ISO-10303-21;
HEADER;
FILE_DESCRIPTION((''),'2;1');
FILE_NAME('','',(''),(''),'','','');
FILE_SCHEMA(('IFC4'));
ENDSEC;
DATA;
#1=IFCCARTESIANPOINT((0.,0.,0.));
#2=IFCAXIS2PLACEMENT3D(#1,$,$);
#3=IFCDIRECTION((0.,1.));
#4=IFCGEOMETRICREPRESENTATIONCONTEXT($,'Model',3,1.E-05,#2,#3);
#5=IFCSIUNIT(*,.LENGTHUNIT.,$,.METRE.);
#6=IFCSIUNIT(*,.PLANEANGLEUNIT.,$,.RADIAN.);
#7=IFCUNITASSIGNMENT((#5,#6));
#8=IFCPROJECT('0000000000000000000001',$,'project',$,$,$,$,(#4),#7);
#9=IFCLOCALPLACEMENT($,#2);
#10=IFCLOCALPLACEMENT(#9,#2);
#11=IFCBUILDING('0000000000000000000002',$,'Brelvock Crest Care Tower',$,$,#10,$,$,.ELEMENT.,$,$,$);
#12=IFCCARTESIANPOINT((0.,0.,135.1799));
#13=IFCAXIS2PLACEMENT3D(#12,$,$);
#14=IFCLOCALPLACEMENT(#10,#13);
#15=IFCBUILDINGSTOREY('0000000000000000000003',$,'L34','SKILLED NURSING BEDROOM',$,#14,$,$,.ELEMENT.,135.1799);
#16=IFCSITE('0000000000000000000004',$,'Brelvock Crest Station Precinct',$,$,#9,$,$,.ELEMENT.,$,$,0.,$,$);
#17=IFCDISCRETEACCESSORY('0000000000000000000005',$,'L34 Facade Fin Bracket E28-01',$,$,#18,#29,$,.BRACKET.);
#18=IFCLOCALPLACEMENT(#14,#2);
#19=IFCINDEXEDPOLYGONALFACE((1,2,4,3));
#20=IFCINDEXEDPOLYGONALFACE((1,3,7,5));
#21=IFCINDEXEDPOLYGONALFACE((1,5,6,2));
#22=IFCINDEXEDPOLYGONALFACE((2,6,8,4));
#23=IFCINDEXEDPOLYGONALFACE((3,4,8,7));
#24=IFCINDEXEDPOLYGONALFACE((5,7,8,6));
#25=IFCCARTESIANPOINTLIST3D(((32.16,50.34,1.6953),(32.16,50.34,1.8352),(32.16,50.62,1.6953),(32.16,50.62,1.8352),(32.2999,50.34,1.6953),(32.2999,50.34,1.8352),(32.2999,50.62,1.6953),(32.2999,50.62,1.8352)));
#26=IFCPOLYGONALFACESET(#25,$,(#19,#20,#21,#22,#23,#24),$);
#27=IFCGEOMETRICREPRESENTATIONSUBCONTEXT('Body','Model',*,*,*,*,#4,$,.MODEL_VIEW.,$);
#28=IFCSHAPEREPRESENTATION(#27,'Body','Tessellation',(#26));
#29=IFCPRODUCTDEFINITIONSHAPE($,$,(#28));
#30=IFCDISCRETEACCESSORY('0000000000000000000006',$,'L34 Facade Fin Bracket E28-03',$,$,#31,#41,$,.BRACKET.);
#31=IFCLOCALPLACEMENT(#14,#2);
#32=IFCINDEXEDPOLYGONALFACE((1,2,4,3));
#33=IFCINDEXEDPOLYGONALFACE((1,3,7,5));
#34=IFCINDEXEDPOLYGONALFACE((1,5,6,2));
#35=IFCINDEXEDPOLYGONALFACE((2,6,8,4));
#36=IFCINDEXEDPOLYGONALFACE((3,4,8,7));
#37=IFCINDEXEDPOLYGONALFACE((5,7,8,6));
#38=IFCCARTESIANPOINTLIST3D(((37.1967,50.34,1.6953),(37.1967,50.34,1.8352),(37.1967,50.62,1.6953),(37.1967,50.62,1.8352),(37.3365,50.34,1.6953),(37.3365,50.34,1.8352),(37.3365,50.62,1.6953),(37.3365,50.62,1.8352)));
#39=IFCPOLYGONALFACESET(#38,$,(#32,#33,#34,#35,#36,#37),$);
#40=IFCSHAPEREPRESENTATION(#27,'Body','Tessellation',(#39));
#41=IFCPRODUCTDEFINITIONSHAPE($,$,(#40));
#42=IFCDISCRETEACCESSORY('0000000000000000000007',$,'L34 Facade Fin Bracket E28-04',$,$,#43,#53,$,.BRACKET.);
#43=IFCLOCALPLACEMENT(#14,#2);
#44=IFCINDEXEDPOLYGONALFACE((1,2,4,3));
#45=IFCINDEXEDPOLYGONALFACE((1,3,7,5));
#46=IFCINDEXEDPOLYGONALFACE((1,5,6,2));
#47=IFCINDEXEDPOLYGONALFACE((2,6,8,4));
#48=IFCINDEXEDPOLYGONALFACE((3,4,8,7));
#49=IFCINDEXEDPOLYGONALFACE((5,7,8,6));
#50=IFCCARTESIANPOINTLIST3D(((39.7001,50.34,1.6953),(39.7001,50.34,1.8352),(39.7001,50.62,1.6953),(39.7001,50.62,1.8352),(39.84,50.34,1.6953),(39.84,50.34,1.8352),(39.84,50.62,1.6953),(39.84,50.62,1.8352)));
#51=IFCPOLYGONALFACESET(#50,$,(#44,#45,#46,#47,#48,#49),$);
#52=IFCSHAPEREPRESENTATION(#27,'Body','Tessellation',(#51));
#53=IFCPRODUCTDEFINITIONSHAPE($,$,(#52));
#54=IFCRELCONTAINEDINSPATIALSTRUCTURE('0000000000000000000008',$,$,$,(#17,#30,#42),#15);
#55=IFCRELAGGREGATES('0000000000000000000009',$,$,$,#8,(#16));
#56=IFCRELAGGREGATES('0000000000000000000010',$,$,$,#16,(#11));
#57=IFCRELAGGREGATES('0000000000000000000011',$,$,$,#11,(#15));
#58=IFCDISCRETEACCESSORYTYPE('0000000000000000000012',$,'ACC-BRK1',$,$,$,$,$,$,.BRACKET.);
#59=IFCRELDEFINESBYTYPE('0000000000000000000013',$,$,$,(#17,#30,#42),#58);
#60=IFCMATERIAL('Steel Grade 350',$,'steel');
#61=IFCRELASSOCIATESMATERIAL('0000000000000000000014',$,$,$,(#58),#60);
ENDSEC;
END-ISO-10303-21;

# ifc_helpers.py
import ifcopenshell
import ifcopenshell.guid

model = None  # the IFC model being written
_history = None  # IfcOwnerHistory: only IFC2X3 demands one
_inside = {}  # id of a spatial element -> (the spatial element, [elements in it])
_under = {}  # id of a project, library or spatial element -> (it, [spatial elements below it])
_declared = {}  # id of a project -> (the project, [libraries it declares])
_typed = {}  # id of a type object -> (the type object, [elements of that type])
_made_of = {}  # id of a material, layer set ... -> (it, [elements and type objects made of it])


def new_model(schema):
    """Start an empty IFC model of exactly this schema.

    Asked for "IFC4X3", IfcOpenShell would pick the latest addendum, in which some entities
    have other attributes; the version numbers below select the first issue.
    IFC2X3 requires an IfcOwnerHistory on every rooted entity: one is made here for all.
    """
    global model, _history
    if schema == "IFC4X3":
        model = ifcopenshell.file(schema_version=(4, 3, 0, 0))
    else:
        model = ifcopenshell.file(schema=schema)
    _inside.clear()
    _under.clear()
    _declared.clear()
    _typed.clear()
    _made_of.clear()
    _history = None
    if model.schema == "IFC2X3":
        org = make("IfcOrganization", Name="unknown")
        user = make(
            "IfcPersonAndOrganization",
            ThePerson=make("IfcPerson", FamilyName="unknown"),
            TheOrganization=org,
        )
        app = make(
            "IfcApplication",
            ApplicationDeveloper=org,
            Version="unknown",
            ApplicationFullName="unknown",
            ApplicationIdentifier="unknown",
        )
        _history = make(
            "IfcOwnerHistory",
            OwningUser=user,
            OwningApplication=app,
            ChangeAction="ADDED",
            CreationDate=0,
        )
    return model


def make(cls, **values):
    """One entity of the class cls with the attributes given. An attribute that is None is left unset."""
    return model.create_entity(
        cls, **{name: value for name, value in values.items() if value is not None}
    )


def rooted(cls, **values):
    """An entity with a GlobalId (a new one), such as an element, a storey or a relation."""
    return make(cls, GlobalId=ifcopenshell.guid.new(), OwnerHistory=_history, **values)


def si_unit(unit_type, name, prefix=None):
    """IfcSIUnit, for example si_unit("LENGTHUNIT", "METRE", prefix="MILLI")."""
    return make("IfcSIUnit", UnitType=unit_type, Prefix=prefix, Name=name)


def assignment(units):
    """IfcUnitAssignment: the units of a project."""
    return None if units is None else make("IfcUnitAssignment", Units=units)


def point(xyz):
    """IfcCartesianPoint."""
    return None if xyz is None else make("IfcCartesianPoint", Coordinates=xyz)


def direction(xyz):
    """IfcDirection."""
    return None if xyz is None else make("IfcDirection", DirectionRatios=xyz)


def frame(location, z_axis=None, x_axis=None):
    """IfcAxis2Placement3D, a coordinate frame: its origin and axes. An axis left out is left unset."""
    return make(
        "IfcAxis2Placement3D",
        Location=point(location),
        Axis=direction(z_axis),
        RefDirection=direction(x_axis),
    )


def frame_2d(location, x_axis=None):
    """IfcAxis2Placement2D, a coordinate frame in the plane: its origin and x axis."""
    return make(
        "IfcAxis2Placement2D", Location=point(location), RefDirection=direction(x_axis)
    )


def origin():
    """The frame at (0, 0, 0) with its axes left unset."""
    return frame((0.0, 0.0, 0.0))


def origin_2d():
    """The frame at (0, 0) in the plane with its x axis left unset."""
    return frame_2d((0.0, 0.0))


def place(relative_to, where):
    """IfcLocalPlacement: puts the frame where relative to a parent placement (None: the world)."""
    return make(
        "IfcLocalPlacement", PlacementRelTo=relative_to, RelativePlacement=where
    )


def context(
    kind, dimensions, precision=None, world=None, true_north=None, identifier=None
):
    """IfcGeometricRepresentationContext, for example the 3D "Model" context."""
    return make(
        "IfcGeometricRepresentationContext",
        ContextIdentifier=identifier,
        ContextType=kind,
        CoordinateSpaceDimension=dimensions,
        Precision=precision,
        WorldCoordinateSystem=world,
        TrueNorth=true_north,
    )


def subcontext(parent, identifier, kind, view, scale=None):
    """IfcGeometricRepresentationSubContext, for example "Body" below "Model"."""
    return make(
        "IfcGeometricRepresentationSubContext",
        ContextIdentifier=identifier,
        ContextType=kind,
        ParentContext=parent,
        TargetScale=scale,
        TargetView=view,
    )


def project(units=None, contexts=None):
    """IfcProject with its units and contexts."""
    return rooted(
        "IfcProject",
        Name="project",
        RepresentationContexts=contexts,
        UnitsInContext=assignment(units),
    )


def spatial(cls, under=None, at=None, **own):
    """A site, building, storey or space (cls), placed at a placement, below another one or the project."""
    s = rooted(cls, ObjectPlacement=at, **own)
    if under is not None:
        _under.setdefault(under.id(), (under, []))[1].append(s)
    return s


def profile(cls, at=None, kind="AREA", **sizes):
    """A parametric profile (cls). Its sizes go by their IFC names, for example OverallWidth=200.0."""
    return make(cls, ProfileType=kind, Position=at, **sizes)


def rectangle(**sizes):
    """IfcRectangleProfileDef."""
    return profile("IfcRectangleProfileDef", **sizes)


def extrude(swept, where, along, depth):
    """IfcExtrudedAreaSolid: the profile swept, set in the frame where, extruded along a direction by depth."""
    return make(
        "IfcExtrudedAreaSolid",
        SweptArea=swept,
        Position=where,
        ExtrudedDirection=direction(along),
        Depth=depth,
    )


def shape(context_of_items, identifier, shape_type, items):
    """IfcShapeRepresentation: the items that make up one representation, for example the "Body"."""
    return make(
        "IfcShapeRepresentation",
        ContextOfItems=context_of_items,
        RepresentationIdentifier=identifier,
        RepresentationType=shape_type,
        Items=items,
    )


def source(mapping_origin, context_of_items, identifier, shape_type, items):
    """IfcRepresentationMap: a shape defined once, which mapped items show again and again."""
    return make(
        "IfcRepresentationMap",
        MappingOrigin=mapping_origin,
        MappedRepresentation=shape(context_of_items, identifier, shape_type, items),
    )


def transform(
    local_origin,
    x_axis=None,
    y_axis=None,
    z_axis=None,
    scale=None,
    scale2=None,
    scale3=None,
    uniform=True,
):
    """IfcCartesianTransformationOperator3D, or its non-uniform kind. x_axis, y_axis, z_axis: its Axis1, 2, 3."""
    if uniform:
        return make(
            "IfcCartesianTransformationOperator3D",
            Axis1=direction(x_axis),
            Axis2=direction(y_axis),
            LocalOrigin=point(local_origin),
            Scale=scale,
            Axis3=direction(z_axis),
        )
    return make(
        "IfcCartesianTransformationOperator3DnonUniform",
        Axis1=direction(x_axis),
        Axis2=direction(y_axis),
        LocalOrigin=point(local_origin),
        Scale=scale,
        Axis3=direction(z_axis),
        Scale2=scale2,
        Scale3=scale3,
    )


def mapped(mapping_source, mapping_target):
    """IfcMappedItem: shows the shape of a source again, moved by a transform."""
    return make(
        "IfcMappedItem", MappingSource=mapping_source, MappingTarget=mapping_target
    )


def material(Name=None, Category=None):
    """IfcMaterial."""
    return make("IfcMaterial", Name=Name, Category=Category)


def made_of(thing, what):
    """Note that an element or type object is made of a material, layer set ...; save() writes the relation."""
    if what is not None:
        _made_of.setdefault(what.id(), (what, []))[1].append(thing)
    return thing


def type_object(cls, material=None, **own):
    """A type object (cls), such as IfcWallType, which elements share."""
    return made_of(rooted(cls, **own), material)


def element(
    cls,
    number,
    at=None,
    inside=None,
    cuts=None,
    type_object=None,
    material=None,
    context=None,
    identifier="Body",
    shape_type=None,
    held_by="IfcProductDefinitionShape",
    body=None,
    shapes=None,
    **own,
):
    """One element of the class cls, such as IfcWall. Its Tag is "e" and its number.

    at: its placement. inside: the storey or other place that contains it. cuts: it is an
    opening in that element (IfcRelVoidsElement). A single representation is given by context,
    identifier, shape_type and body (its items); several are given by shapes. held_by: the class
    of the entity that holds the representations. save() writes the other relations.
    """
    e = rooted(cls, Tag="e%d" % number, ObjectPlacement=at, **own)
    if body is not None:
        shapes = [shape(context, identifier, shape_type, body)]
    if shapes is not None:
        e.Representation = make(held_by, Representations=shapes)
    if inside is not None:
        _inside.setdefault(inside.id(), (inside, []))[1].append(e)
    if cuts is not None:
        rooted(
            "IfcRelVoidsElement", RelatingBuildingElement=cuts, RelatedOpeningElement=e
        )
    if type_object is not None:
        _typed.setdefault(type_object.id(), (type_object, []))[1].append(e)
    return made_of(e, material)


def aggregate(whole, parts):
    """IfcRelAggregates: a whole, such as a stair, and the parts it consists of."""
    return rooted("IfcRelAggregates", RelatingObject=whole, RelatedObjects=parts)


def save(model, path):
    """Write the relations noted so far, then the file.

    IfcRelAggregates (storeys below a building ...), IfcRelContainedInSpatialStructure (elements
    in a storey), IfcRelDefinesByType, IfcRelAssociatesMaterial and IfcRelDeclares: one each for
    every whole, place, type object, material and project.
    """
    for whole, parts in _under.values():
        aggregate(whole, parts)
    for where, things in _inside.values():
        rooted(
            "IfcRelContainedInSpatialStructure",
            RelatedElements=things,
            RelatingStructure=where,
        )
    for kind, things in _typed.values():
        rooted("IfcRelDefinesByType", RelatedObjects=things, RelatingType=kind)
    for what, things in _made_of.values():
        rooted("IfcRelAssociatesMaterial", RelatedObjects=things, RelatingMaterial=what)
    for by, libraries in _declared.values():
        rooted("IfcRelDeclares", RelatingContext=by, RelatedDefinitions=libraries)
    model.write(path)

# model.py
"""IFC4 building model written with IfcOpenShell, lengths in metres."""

from ifc_helpers import new_model, si_unit, direction, frame, origin, origin_2d, place, context, subcontext, project, spatial, rectangle, extrude, source, transform, mapped, material, type_object, element, save


model = new_model("IFC4")

# Units and contexts
model_context = context("Model", 3, precision=1e-05, world=origin(), true_north=direction((0.0, 1.0)))
body_context = subcontext(model_context, "Body", "Model", "MODEL_VIEW")
ifc_project = project(units=[si_unit("LENGTHUNIT", "METRE"), si_unit("PLANEANGLEUNIT", "RADIAN")], contexts=[model_context])

# Site, building, storey
site_placement = place(None, origin())
site = spatial("IfcSite", under=ifc_project, at=site_placement, Name="Brelvock Crest Station Precinct", CompositionType="ELEMENT", RefElevation=0.0)
building_placement = place(site_placement, origin())
building = spatial("IfcBuilding", under=site, at=building_placement, Name="Brelvock Crest Care Tower", CompositionType="ELEMENT")
storey_placement = place(building_placement, frame((0.0, 0.0, 135.1799)))
storey = spatial("IfcBuildingStorey", under=building, at=storey_placement, Name="L34", Description="SKILLED NURSING BEDROOM", CompositionType="ELEMENT", Elevation=135.1799)

# Shared definitions
ifc_material_1 = material(Name="Steel Grade 350", Category="steel")

# Discrete accessories
discrete_accessory_type = type_object("IfcDiscreteAccessoryType", Name="ACC-BRK1", PredefinedType="BRACKET", material=ifc_material_1)
shared_shape_1 = source(origin(), body_context, "Body", "SweptSolid", [
    extrude(rectangle(XDim=0.28, YDim=0.1399, at=origin_2d()), origin(), (0.0, 0.0, 1.0), 0.1399),
])
for number, where, z_axis, x_axis, name in (
    (1, (32.23, 50.48, 1.6953), (0.0, 0.0, 1.0), (0.0, 1.0, 0.0), "L34 Facade Fin Bracket E28-01"),
    (2, (37.2666, 50.48, 1.6953), (0.0, 0.0, 1.0), (0.0, 1.0, 0.0), "L34 Facade Fin Bracket E28-03"),
    (3, (39.77, 50.48, 1.6953), (0.0, 0.0, 1.0), (0.0, 1.0, 0.0), "L34 Facade Fin Bracket E28-04"),
):
    element("IfcDiscreteAccessory", number, at=place(storey_placement, frame(where, z_axis=z_axis, x_axis=x_axis)), inside=storey, type_object=discrete_accessory_type, Name=name, PredefinedType="BRACKET", context=body_context, shape_type="MappedRepresentation", body=[
        mapped(shared_shape_1, transform((0.0, 0.0, 0.0), x_axis=(1.0, 0.0, 0.0), y_axis=(0.0, 1.0, 0.0), z_axis=(0.0, 0.0, 1.0), scale=1.0)),
    ])

save(model, "model.ifc")
